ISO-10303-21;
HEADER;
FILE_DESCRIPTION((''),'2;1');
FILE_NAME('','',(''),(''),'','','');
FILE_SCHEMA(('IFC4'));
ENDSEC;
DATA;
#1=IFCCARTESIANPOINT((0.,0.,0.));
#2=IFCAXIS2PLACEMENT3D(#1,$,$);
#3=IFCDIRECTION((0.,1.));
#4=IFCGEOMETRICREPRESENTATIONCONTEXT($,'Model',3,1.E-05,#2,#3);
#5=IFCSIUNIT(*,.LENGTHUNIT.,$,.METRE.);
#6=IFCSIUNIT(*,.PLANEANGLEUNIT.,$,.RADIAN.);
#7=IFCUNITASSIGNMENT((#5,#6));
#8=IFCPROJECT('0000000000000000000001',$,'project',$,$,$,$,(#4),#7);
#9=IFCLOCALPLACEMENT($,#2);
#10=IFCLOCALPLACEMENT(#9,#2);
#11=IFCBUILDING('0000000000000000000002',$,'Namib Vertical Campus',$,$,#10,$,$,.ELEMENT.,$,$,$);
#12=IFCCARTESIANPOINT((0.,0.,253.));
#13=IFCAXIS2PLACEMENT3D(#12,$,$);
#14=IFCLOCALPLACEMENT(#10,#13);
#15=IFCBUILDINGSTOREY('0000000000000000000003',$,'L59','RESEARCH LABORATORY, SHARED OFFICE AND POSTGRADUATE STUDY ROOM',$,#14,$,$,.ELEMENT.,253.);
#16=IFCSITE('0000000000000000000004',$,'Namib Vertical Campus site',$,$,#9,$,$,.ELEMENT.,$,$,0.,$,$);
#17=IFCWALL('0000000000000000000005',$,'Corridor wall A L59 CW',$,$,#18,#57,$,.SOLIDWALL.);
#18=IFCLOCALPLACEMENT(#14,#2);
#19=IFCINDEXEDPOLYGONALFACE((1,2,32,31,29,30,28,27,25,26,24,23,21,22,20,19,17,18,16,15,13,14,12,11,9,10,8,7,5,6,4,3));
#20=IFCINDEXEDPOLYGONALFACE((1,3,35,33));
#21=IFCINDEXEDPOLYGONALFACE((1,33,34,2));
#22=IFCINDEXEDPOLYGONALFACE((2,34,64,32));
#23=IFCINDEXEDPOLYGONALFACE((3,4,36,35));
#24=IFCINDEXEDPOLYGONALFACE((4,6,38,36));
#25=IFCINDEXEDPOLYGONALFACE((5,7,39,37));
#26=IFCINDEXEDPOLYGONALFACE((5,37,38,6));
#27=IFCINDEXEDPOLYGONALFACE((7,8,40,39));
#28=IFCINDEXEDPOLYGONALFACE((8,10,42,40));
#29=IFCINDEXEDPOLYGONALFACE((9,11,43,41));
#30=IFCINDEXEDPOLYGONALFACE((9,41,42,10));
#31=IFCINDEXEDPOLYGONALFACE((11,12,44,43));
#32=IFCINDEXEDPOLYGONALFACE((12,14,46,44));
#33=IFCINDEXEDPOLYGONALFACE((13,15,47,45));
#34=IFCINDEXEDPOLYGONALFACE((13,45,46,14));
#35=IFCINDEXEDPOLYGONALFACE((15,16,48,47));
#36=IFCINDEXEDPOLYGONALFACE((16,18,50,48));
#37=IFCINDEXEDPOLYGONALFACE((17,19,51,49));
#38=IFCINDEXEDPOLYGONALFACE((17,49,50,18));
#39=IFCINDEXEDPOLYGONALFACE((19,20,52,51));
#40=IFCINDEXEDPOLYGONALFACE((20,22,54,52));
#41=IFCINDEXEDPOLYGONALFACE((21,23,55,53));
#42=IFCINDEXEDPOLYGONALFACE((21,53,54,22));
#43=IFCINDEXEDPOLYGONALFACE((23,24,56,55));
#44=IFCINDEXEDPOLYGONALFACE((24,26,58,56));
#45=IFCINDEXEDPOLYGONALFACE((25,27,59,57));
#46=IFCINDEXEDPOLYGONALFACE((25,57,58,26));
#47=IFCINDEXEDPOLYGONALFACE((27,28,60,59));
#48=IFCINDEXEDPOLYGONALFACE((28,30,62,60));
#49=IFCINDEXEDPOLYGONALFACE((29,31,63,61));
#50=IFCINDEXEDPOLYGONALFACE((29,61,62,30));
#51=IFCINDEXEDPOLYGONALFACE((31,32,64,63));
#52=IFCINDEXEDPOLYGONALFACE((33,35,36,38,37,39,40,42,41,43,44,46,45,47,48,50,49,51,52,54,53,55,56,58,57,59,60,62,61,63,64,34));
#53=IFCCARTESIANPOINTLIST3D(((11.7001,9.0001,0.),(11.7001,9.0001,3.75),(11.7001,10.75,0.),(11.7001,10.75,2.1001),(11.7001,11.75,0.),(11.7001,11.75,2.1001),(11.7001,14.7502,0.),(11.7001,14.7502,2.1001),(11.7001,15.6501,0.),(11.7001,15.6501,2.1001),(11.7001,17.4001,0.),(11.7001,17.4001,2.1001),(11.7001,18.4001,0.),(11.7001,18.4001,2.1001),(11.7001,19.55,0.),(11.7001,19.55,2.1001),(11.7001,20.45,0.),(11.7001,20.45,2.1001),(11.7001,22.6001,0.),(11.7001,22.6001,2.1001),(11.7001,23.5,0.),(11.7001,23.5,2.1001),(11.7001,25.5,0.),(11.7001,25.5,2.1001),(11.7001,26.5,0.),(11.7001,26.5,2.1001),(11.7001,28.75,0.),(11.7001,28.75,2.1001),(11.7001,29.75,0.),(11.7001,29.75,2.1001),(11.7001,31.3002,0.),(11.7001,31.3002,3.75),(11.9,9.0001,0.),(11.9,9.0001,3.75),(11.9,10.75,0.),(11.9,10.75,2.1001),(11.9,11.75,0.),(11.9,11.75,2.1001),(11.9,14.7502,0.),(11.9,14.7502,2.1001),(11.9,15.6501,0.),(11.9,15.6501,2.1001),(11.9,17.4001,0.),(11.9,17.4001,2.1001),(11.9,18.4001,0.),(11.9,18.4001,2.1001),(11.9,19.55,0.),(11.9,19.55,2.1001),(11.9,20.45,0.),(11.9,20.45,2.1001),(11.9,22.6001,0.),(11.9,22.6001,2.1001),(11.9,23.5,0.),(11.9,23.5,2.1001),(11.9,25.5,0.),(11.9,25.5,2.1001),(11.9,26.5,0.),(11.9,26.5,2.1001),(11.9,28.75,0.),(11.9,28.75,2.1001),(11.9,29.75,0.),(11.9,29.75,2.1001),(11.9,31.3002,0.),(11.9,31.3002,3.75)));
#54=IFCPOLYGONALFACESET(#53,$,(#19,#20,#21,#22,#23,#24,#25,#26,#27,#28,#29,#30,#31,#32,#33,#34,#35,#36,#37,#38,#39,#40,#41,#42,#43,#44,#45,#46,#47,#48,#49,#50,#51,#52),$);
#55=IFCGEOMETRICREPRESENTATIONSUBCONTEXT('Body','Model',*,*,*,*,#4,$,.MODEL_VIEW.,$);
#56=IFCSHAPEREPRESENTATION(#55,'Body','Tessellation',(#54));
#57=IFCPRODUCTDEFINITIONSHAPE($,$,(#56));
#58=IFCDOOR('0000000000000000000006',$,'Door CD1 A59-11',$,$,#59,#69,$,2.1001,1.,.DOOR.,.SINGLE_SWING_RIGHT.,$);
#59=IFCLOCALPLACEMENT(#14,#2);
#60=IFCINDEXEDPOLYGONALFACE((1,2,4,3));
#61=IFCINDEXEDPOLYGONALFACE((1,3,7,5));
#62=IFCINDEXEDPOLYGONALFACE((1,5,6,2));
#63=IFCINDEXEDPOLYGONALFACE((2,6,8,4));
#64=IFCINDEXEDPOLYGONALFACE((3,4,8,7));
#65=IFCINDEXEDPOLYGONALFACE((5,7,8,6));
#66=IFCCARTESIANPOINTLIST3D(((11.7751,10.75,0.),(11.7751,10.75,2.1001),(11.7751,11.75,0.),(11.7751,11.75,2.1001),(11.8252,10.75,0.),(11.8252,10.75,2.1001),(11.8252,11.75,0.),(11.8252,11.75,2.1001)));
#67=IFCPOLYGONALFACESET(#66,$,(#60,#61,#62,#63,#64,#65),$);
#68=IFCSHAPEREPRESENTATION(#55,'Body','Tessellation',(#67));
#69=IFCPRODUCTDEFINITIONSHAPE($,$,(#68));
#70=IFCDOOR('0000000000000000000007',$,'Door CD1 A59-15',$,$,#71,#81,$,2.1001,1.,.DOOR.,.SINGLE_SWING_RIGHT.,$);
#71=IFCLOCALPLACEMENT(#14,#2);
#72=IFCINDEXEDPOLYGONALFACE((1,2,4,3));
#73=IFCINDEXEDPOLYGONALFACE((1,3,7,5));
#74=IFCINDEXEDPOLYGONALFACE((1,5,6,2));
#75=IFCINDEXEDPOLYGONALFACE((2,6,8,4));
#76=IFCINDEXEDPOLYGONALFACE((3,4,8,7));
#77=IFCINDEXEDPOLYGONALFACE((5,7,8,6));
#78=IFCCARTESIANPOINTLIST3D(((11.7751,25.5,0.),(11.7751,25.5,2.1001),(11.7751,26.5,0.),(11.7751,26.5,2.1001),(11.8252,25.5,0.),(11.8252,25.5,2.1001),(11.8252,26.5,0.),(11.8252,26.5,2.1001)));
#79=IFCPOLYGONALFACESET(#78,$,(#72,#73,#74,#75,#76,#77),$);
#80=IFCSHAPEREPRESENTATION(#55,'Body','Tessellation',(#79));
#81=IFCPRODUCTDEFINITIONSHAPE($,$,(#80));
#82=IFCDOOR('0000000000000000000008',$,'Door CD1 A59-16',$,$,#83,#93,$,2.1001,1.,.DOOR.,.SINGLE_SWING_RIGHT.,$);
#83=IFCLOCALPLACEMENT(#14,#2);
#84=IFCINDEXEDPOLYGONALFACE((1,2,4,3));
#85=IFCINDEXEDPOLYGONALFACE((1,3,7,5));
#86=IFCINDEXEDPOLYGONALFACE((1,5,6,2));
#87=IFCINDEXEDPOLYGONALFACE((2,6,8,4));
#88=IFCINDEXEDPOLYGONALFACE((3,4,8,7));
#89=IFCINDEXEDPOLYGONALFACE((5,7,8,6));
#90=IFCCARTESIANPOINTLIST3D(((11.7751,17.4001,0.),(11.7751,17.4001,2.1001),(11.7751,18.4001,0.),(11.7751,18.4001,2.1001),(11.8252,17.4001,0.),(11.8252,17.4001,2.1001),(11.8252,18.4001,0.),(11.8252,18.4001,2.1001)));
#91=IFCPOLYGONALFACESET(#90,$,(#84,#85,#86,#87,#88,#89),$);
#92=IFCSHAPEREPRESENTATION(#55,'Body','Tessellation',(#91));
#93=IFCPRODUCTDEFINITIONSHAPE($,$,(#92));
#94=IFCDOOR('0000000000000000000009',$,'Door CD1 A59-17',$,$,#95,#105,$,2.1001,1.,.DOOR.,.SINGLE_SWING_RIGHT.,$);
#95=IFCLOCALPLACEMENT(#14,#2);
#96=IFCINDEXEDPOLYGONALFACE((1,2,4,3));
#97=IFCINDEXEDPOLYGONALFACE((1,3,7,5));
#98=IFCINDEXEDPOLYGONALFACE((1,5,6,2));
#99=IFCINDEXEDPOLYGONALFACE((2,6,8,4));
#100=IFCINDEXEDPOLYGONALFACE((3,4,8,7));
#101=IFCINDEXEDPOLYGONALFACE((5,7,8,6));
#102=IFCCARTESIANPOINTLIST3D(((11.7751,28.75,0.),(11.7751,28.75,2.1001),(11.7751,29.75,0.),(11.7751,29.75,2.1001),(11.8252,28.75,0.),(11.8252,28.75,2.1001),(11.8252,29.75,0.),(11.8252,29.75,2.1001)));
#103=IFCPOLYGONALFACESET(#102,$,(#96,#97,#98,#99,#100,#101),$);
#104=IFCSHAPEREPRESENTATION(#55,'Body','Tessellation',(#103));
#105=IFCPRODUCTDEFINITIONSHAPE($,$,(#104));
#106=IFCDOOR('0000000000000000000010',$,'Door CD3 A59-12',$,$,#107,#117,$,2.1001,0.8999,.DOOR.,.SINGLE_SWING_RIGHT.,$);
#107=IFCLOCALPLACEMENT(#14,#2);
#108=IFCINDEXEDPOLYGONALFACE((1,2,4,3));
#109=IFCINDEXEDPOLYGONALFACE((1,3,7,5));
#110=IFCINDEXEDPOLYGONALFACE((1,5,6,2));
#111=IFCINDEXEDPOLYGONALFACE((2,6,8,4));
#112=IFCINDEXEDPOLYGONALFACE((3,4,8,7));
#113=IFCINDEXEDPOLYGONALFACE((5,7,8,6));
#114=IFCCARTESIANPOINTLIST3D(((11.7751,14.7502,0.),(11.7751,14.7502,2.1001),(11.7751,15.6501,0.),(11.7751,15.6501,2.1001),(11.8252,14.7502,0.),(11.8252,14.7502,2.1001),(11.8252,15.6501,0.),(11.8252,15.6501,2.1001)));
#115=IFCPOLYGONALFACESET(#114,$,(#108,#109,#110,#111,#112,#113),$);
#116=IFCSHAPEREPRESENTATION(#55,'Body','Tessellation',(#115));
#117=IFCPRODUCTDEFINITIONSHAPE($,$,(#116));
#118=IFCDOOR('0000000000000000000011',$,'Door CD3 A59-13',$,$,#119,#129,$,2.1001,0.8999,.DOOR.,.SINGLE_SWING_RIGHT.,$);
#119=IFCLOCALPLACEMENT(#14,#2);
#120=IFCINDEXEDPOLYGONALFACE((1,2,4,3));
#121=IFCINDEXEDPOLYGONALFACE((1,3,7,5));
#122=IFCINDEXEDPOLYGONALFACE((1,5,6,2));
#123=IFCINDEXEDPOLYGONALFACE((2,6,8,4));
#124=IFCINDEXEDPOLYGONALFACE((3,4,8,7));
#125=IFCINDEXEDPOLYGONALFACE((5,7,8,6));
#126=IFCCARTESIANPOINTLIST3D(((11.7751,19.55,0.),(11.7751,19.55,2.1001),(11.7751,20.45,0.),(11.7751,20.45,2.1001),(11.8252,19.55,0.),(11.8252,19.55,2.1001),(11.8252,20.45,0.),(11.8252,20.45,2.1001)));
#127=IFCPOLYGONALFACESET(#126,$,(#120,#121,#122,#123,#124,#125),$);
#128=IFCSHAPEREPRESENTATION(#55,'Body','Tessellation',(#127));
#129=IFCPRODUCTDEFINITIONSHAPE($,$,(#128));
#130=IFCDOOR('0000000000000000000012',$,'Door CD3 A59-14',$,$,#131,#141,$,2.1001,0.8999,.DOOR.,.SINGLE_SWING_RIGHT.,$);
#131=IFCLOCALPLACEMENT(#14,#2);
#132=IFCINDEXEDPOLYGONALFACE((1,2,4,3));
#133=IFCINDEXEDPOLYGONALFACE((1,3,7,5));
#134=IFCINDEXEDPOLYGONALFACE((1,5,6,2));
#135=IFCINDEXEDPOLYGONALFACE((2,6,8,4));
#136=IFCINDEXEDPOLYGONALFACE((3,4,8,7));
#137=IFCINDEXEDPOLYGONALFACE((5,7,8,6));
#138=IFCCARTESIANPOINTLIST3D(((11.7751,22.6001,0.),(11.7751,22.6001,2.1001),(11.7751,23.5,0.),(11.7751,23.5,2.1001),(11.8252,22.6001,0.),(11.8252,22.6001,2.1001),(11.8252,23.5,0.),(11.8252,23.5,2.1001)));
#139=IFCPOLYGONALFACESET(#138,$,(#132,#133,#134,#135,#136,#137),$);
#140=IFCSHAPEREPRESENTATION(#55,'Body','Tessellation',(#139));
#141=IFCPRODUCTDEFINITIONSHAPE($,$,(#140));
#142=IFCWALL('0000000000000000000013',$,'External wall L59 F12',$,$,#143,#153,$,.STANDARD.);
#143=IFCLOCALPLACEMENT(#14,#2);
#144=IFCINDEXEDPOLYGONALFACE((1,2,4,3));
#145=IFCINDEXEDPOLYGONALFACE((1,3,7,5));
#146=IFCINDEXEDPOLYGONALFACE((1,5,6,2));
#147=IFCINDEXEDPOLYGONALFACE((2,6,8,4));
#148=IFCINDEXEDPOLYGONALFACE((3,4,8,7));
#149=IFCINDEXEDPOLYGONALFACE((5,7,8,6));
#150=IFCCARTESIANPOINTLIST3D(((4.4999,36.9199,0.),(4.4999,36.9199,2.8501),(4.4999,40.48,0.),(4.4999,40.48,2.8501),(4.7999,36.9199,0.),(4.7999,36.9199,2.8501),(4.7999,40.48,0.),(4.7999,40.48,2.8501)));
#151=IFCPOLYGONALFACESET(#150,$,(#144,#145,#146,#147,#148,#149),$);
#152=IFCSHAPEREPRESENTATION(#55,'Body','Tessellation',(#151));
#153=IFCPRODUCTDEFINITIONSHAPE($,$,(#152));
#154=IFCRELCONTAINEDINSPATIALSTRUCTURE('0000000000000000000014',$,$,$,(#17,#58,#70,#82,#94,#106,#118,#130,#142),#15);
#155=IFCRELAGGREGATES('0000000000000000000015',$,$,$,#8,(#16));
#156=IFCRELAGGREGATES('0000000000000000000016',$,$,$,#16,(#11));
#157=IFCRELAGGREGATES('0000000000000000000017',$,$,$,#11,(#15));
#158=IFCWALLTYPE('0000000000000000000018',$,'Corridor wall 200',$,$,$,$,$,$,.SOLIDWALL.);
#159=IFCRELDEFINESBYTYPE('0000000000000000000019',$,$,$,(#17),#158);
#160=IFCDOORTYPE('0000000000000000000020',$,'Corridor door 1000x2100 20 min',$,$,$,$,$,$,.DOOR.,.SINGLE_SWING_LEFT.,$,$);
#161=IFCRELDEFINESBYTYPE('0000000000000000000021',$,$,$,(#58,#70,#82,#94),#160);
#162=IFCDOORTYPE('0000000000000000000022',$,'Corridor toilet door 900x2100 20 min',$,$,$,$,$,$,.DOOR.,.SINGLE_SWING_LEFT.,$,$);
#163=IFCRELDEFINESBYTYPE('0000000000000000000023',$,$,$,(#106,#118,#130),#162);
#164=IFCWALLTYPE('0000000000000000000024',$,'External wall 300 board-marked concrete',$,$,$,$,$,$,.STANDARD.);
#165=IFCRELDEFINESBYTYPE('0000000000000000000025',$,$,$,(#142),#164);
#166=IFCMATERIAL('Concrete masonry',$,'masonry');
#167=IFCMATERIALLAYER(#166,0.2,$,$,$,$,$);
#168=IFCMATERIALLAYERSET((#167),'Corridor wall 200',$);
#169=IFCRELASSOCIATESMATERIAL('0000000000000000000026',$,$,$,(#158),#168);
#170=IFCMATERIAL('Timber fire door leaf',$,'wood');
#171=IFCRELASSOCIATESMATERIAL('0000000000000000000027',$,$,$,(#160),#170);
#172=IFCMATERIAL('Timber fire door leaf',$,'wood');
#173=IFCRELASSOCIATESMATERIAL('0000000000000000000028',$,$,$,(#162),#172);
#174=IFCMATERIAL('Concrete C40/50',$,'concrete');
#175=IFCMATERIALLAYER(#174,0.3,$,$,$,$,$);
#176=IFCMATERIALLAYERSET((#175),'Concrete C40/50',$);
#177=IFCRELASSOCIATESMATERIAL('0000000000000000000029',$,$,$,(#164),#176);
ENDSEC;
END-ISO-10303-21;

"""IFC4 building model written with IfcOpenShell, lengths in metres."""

from ifc_helpers import new_model, si_unit, direction, frame, frame_2d, origin, place, context, subcontext, project, spatial, rectangle, extrude, material, layer, layer_set, type_object, element, fill, save


model = new_model("IFC4")

# Units and contexts
model_context = context("Model", 3, precision=1e-05, world=origin(), true_north=direction((0.0, 1.0)))
body_context = subcontext(model_context, "Body", "Model", "MODEL_VIEW")
ifc_project = project(units=[si_unit("LENGTHUNIT", "METRE"), si_unit("PLANEANGLEUNIT", "RADIAN")], contexts=[model_context])

# Site, building, storey
site_placement = place(None, origin())
site = spatial("IfcSite", under=ifc_project, at=site_placement, Name="Namib Vertical Campus site", CompositionType="ELEMENT", RefElevation=0.0)
building_placement = place(site_placement, origin())
building = spatial("IfcBuilding", under=site, at=building_placement, Name="Namib Vertical Campus", CompositionType="ELEMENT")
storey_placement = place(building_placement, frame((0.0, 0.0, 253.0)))
storey = spatial("IfcBuildingStorey", under=building, at=storey_placement, Name="L59", Description="RESEARCH LABORATORY, SHARED OFFICE AND POSTGRADUATE STUDY ROOM", CompositionType="ELEMENT", Elevation=253.0)

# Wall, openings, doors
ifc_material_1 = material(Name="Concrete masonry", Category="masonry")
ifc_layer_1 = layer(ifc_material_1, 0.2)
ifc_layer_set_1 = layer_set([ifc_layer_1], Name="Corridor wall 200")
wall_type_1 = type_object("IfcWallType", Name="Corridor wall 200", PredefinedType="SOLIDWALL", material=ifc_layer_set_1)
wall_1_placement = place(storey_placement, frame((11.8, 31.3, 0.0), z_axis=(0.0, 0.0, 1.0), x_axis=(0.0, -1.0, 0.0)))
wall_1 = element("IfcWall", 1, at=wall_1_placement, inside=storey, type_object=wall_type_1, Name="Corridor wall A L59 CW", PredefinedType="SOLIDWALL", context=body_context, shape_type="SweptSolid", body=[
    extrude(rectangle(XDim=22.3, YDim=0.2, at=frame_2d((11.1499, 0.0))), origin(), (0.0, 0.0, 1.0), 3.75),
])
opening_1_placement = place(wall_1_placement, frame((19.55, 0.0, 0.0)))
opening_1 = element("IfcOpeningElement", 2, at=opening_1_placement, cuts=wall_1, PredefinedType="OPENING", context=body_context, shape_type="SweptSolid", body=[
    extrude(rectangle(XDim=1.0, YDim=2.1001, at=frame_2d((0.5, 1.05))), frame((0.0, 0.1099, 0.0), z_axis=(0.0, -1.0, 0.0), x_axis=(1.0, 0.0, 0.0)), (0.0, 0.0, 1.0), 0.22),
])
opening_2_placement = place(wall_1_placement, frame((15.6499, 0.0, 0.0)))
opening_2 = element("IfcOpeningElement", 3, at=opening_2_placement, cuts=wall_1, PredefinedType="OPENING", context=body_context, shape_type="SweptSolid", body=[
    extrude(rectangle(XDim=0.8999, YDim=2.1001, at=frame_2d((0.45, 1.05))), frame((0.0, 0.1099, 0.0), z_axis=(0.0, -1.0, 0.0), x_axis=(1.0, 0.0, 0.0)), (0.0, 0.0, 1.0), 0.22),
])
opening_3_placement = place(wall_1_placement, frame((10.8501, 0.0, 0.0)))
opening_3 = element("IfcOpeningElement", 4, at=opening_3_placement, cuts=wall_1, PredefinedType="OPENING", context=body_context, shape_type="SweptSolid", body=[
    extrude(rectangle(XDim=0.8999, YDim=2.1001, at=frame_2d((0.45, 1.05))), frame((0.0, 0.1099, 0.0), z_axis=(0.0, -1.0, 0.0), x_axis=(1.0, 0.0, 0.0)), (0.0, 0.0, 1.0), 0.22),
])
opening_4_placement = place(wall_1_placement, frame((7.8, 0.0, 0.0)))
opening_4 = element("IfcOpeningElement", 5, at=opening_4_placement, cuts=wall_1, PredefinedType="OPENING", context=body_context, shape_type="SweptSolid", body=[
    extrude(rectangle(XDim=0.8999, YDim=2.1001, at=frame_2d((0.45, 1.05))), frame((0.0, 0.1099, 0.0), z_axis=(0.0, -1.0, 0.0), x_axis=(1.0, 0.0, 0.0)), (0.0, 0.0, 1.0), 0.22),
])
opening_5_placement = place(wall_1_placement, frame((4.8, 0.0, 0.0)))
opening_5 = element("IfcOpeningElement", 6, at=opening_5_placement, cuts=wall_1, PredefinedType="OPENING", context=body_context, shape_type="SweptSolid", body=[
    extrude(rectangle(XDim=1.0, YDim=2.1001, at=frame_2d((0.5, 1.05))), frame((0.0, 0.1099, 0.0), z_axis=(0.0, -1.0, 0.0), x_axis=(1.0, 0.0, 0.0)), (0.0, 0.0, 1.0), 0.22),
])
opening_6_placement = place(wall_1_placement, frame((12.8999, 0.0, 0.0)))
opening_6 = element("IfcOpeningElement", 7, at=opening_6_placement, cuts=wall_1, PredefinedType="OPENING", context=body_context, shape_type="SweptSolid", body=[
    extrude(rectangle(XDim=1.0, YDim=2.1001, at=frame_2d((0.5, 1.05))), frame((0.0, 0.1099, 0.0), z_axis=(0.0, -1.0, 0.0), x_axis=(1.0, 0.0, 0.0)), (0.0, 0.0, 1.0), 0.22),
])
opening_7_placement = place(wall_1_placement, frame((1.55, 0.0, 0.0)))
opening_7 = element("IfcOpeningElement", 8, at=opening_7_placement, cuts=wall_1, PredefinedType="OPENING", context=body_context, shape_type="SweptSolid", body=[
    extrude(rectangle(XDim=1.0, YDim=2.1001, at=frame_2d((0.5, 1.05))), frame((0.0, 0.1099, 0.0), z_axis=(0.0, -1.0, 0.0), x_axis=(1.0, 0.0, 0.0)), (0.0, 0.0, 1.0), 0.22),
])
ifc_material_2 = material(Name="Timber fire door leaf", Category="wood")
door_type_1 = type_object("IfcDoorType", Name="Corridor door 1000x2100 20 min", OperationType="SINGLE_SWING_LEFT", PredefinedType="DOOR", material=ifc_material_2)
door_1_placement = place(opening_1_placement, frame((1.0, 0.0, 0.0), z_axis=(0.0, 0.0, 1.0), x_axis=(-1.0, 0.0, 0.0)))
door_1 = element("IfcDoor", 9, at=door_1_placement, inside=storey, type_object=door_type_1, Name="Door CD1 A59-11", OperationType="SINGLE_SWING_RIGHT", OverallHeight=2.1001, OverallWidth=1.0, PredefinedType="DOOR", context=body_context, shape_type="SweptSolid", body=[
    extrude(rectangle(XDim=1.0, YDim=2.1001, at=frame_2d((0.5, 1.05))), frame((0.0, 0.0249, 0.0), z_axis=(0.0, -1.0, 0.0), x_axis=(1.0, 0.0, 0.0)), (0.0, 0.0, 1.0), 0.05),
])
fill(opening_1, door_1)
door_2_placement = place(opening_5_placement, frame((1.0, 0.0, 0.0), z_axis=(0.0, 0.0, 1.0), x_axis=(-1.0, 0.0, 0.0)))
door_2 = element("IfcDoor", 10, at=door_2_placement, inside=storey, type_object=door_type_1, Name="Door CD1 A59-15", OperationType="SINGLE_SWING_RIGHT", OverallHeight=2.1001, OverallWidth=1.0, PredefinedType="DOOR", context=body_context, shape_type="SweptSolid", body=[
    extrude(rectangle(XDim=1.0, YDim=2.1001, at=frame_2d((0.5, 1.05))), frame((0.0, 0.0249, 0.0), z_axis=(0.0, -1.0, 0.0), x_axis=(1.0, 0.0, 0.0)), (0.0, 0.0, 1.0), 0.05),
])
fill(opening_5, door_2)
door_3_placement = place(opening_6_placement, frame((1.0, 0.0, 0.0), z_axis=(0.0, 0.0, 1.0), x_axis=(-1.0, 0.0, 0.0)))
door_3 = element("IfcDoor", 11, at=door_3_placement, inside=storey, type_object=door_type_1, Name="Door CD1 A59-16", OperationType="SINGLE_SWING_RIGHT", OverallHeight=2.1001, OverallWidth=1.0, PredefinedType="DOOR", context=body_context, shape_type="SweptSolid", body=[
    extrude(rectangle(XDim=1.0, YDim=2.1001, at=frame_2d((0.5, 1.05))), frame((0.0, 0.0249, 0.0), z_axis=(0.0, -1.0, 0.0), x_axis=(1.0, 0.0, 0.0)), (0.0, 0.0, 1.0), 0.05),
])
fill(opening_6, door_3)
door_4_placement = place(opening_7_placement, frame((1.0, 0.0, 0.0), z_axis=(0.0, 0.0, 1.0), x_axis=(-1.0, 0.0, 0.0)))
door_4 = element("IfcDoor", 12, at=door_4_placement, inside=storey, type_object=door_type_1, Name="Door CD1 A59-17", OperationType="SINGLE_SWING_RIGHT", OverallHeight=2.1001, OverallWidth=1.0, PredefinedType="DOOR", context=body_context, shape_type="SweptSolid", body=[
    extrude(rectangle(XDim=1.0, YDim=2.1001, at=frame_2d((0.5, 1.05))), frame((0.0, 0.0249, 0.0), z_axis=(0.0, -1.0, 0.0), x_axis=(1.0, 0.0, 0.0)), (0.0, 0.0, 1.0), 0.05),
])
fill(opening_7, door_4)
ifc_material_3 = material(Name="Timber fire door leaf", Category="wood")
door_type_2 = type_object("IfcDoorType", Name="Corridor toilet door 900x2100 20 min", OperationType="SINGLE_SWING_LEFT", PredefinedType="DOOR", material=ifc_material_3)
door_5_placement = place(opening_2_placement, frame((0.8999, 0.0, 0.0), z_axis=(0.0, 0.0, 1.0), x_axis=(-1.0, 0.0, 0.0)))
door_5 = element("IfcDoor", 13, at=door_5_placement, inside=storey, type_object=door_type_2, Name="Door CD3 A59-12", OperationType="SINGLE_SWING_RIGHT", OverallHeight=2.1001, OverallWidth=0.8999, PredefinedType="DOOR", context=body_context, shape_type="SweptSolid", body=[
    extrude(rectangle(XDim=0.8999, YDim=2.1001, at=frame_2d((0.45, 1.05))), frame((0.0, 0.0249, 0.0), z_axis=(0.0, -1.0, 0.0), x_axis=(1.0, 0.0, 0.0)), (0.0, 0.0, 1.0), 0.05),
])
fill(opening_2, door_5)
door_6_placement = place(opening_3_placement, frame((0.8999, 0.0, 0.0), z_axis=(0.0, 0.0, 1.0), x_axis=(-1.0, 0.0, 0.0)))
door_6 = element("IfcDoor", 14, at=door_6_placement, inside=storey, type_object=door_type_2, Name="Door CD3 A59-13", OperationType="SINGLE_SWING_RIGHT", OverallHeight=2.1001, OverallWidth=0.8999, PredefinedType="DOOR", context=body_context, shape_type="SweptSolid", body=[
    extrude(rectangle(XDim=0.8999, YDim=2.1001, at=frame_2d((0.45, 1.05))), frame((0.0, 0.0249, 0.0), z_axis=(0.0, -1.0, 0.0), x_axis=(1.0, 0.0, 0.0)), (0.0, 0.0, 1.0), 0.05),
])
fill(opening_3, door_6)
door_7_placement = place(opening_4_placement, frame((0.8999, 0.0, 0.0), z_axis=(0.0, 0.0, 1.0), x_axis=(-1.0, 0.0, 0.0)))
door_7 = element("IfcDoor", 15, at=door_7_placement, inside=storey, type_object=door_type_2, Name="Door CD3 A59-14", OperationType="SINGLE_SWING_RIGHT", OverallHeight=2.1001, OverallWidth=0.8999, PredefinedType="DOOR", context=body_context, shape_type="SweptSolid", body=[
    extrude(rectangle(XDim=0.8999, YDim=2.1001, at=frame_2d((0.45, 1.05))), frame((0.0, 0.0249, 0.0), z_axis=(0.0, -1.0, 0.0), x_axis=(1.0, 0.0, 0.0)), (0.0, 0.0, 1.0), 0.05),
])
fill(opening_4, door_7)

# Wall
ifc_material_4 = material(Name="Concrete C40/50", Category="concrete")
ifc_layer_2 = layer(ifc_material_4, 0.3)
ifc_layer_set_2 = layer_set([ifc_layer_2], Name="Concrete C40/50")
wall_type_2 = type_object("IfcWallType", Name="External wall 300 board-marked concrete", PredefinedType="STANDARD", material=ifc_layer_set_2)
wall_2_placement = place(storey_placement, frame((4.6499, 40.48, 0.0), z_axis=(0.0, 0.0, 1.0), x_axis=(0.0, -1.0, 0.0)))
element("IfcWall", 16, at=wall_2_placement, inside=storey, type_object=wall_type_2, Name="External wall L59 F12", PredefinedType="STANDARD", context=body_context, shape_type="SweptSolid", body=[
    extrude(rectangle(XDim=3.5601, YDim=0.3, at=frame_2d((1.78, 0.0))), origin(), (0.0, 0.0, 1.0), 2.8501),
])

save(model, "model.ifc")
